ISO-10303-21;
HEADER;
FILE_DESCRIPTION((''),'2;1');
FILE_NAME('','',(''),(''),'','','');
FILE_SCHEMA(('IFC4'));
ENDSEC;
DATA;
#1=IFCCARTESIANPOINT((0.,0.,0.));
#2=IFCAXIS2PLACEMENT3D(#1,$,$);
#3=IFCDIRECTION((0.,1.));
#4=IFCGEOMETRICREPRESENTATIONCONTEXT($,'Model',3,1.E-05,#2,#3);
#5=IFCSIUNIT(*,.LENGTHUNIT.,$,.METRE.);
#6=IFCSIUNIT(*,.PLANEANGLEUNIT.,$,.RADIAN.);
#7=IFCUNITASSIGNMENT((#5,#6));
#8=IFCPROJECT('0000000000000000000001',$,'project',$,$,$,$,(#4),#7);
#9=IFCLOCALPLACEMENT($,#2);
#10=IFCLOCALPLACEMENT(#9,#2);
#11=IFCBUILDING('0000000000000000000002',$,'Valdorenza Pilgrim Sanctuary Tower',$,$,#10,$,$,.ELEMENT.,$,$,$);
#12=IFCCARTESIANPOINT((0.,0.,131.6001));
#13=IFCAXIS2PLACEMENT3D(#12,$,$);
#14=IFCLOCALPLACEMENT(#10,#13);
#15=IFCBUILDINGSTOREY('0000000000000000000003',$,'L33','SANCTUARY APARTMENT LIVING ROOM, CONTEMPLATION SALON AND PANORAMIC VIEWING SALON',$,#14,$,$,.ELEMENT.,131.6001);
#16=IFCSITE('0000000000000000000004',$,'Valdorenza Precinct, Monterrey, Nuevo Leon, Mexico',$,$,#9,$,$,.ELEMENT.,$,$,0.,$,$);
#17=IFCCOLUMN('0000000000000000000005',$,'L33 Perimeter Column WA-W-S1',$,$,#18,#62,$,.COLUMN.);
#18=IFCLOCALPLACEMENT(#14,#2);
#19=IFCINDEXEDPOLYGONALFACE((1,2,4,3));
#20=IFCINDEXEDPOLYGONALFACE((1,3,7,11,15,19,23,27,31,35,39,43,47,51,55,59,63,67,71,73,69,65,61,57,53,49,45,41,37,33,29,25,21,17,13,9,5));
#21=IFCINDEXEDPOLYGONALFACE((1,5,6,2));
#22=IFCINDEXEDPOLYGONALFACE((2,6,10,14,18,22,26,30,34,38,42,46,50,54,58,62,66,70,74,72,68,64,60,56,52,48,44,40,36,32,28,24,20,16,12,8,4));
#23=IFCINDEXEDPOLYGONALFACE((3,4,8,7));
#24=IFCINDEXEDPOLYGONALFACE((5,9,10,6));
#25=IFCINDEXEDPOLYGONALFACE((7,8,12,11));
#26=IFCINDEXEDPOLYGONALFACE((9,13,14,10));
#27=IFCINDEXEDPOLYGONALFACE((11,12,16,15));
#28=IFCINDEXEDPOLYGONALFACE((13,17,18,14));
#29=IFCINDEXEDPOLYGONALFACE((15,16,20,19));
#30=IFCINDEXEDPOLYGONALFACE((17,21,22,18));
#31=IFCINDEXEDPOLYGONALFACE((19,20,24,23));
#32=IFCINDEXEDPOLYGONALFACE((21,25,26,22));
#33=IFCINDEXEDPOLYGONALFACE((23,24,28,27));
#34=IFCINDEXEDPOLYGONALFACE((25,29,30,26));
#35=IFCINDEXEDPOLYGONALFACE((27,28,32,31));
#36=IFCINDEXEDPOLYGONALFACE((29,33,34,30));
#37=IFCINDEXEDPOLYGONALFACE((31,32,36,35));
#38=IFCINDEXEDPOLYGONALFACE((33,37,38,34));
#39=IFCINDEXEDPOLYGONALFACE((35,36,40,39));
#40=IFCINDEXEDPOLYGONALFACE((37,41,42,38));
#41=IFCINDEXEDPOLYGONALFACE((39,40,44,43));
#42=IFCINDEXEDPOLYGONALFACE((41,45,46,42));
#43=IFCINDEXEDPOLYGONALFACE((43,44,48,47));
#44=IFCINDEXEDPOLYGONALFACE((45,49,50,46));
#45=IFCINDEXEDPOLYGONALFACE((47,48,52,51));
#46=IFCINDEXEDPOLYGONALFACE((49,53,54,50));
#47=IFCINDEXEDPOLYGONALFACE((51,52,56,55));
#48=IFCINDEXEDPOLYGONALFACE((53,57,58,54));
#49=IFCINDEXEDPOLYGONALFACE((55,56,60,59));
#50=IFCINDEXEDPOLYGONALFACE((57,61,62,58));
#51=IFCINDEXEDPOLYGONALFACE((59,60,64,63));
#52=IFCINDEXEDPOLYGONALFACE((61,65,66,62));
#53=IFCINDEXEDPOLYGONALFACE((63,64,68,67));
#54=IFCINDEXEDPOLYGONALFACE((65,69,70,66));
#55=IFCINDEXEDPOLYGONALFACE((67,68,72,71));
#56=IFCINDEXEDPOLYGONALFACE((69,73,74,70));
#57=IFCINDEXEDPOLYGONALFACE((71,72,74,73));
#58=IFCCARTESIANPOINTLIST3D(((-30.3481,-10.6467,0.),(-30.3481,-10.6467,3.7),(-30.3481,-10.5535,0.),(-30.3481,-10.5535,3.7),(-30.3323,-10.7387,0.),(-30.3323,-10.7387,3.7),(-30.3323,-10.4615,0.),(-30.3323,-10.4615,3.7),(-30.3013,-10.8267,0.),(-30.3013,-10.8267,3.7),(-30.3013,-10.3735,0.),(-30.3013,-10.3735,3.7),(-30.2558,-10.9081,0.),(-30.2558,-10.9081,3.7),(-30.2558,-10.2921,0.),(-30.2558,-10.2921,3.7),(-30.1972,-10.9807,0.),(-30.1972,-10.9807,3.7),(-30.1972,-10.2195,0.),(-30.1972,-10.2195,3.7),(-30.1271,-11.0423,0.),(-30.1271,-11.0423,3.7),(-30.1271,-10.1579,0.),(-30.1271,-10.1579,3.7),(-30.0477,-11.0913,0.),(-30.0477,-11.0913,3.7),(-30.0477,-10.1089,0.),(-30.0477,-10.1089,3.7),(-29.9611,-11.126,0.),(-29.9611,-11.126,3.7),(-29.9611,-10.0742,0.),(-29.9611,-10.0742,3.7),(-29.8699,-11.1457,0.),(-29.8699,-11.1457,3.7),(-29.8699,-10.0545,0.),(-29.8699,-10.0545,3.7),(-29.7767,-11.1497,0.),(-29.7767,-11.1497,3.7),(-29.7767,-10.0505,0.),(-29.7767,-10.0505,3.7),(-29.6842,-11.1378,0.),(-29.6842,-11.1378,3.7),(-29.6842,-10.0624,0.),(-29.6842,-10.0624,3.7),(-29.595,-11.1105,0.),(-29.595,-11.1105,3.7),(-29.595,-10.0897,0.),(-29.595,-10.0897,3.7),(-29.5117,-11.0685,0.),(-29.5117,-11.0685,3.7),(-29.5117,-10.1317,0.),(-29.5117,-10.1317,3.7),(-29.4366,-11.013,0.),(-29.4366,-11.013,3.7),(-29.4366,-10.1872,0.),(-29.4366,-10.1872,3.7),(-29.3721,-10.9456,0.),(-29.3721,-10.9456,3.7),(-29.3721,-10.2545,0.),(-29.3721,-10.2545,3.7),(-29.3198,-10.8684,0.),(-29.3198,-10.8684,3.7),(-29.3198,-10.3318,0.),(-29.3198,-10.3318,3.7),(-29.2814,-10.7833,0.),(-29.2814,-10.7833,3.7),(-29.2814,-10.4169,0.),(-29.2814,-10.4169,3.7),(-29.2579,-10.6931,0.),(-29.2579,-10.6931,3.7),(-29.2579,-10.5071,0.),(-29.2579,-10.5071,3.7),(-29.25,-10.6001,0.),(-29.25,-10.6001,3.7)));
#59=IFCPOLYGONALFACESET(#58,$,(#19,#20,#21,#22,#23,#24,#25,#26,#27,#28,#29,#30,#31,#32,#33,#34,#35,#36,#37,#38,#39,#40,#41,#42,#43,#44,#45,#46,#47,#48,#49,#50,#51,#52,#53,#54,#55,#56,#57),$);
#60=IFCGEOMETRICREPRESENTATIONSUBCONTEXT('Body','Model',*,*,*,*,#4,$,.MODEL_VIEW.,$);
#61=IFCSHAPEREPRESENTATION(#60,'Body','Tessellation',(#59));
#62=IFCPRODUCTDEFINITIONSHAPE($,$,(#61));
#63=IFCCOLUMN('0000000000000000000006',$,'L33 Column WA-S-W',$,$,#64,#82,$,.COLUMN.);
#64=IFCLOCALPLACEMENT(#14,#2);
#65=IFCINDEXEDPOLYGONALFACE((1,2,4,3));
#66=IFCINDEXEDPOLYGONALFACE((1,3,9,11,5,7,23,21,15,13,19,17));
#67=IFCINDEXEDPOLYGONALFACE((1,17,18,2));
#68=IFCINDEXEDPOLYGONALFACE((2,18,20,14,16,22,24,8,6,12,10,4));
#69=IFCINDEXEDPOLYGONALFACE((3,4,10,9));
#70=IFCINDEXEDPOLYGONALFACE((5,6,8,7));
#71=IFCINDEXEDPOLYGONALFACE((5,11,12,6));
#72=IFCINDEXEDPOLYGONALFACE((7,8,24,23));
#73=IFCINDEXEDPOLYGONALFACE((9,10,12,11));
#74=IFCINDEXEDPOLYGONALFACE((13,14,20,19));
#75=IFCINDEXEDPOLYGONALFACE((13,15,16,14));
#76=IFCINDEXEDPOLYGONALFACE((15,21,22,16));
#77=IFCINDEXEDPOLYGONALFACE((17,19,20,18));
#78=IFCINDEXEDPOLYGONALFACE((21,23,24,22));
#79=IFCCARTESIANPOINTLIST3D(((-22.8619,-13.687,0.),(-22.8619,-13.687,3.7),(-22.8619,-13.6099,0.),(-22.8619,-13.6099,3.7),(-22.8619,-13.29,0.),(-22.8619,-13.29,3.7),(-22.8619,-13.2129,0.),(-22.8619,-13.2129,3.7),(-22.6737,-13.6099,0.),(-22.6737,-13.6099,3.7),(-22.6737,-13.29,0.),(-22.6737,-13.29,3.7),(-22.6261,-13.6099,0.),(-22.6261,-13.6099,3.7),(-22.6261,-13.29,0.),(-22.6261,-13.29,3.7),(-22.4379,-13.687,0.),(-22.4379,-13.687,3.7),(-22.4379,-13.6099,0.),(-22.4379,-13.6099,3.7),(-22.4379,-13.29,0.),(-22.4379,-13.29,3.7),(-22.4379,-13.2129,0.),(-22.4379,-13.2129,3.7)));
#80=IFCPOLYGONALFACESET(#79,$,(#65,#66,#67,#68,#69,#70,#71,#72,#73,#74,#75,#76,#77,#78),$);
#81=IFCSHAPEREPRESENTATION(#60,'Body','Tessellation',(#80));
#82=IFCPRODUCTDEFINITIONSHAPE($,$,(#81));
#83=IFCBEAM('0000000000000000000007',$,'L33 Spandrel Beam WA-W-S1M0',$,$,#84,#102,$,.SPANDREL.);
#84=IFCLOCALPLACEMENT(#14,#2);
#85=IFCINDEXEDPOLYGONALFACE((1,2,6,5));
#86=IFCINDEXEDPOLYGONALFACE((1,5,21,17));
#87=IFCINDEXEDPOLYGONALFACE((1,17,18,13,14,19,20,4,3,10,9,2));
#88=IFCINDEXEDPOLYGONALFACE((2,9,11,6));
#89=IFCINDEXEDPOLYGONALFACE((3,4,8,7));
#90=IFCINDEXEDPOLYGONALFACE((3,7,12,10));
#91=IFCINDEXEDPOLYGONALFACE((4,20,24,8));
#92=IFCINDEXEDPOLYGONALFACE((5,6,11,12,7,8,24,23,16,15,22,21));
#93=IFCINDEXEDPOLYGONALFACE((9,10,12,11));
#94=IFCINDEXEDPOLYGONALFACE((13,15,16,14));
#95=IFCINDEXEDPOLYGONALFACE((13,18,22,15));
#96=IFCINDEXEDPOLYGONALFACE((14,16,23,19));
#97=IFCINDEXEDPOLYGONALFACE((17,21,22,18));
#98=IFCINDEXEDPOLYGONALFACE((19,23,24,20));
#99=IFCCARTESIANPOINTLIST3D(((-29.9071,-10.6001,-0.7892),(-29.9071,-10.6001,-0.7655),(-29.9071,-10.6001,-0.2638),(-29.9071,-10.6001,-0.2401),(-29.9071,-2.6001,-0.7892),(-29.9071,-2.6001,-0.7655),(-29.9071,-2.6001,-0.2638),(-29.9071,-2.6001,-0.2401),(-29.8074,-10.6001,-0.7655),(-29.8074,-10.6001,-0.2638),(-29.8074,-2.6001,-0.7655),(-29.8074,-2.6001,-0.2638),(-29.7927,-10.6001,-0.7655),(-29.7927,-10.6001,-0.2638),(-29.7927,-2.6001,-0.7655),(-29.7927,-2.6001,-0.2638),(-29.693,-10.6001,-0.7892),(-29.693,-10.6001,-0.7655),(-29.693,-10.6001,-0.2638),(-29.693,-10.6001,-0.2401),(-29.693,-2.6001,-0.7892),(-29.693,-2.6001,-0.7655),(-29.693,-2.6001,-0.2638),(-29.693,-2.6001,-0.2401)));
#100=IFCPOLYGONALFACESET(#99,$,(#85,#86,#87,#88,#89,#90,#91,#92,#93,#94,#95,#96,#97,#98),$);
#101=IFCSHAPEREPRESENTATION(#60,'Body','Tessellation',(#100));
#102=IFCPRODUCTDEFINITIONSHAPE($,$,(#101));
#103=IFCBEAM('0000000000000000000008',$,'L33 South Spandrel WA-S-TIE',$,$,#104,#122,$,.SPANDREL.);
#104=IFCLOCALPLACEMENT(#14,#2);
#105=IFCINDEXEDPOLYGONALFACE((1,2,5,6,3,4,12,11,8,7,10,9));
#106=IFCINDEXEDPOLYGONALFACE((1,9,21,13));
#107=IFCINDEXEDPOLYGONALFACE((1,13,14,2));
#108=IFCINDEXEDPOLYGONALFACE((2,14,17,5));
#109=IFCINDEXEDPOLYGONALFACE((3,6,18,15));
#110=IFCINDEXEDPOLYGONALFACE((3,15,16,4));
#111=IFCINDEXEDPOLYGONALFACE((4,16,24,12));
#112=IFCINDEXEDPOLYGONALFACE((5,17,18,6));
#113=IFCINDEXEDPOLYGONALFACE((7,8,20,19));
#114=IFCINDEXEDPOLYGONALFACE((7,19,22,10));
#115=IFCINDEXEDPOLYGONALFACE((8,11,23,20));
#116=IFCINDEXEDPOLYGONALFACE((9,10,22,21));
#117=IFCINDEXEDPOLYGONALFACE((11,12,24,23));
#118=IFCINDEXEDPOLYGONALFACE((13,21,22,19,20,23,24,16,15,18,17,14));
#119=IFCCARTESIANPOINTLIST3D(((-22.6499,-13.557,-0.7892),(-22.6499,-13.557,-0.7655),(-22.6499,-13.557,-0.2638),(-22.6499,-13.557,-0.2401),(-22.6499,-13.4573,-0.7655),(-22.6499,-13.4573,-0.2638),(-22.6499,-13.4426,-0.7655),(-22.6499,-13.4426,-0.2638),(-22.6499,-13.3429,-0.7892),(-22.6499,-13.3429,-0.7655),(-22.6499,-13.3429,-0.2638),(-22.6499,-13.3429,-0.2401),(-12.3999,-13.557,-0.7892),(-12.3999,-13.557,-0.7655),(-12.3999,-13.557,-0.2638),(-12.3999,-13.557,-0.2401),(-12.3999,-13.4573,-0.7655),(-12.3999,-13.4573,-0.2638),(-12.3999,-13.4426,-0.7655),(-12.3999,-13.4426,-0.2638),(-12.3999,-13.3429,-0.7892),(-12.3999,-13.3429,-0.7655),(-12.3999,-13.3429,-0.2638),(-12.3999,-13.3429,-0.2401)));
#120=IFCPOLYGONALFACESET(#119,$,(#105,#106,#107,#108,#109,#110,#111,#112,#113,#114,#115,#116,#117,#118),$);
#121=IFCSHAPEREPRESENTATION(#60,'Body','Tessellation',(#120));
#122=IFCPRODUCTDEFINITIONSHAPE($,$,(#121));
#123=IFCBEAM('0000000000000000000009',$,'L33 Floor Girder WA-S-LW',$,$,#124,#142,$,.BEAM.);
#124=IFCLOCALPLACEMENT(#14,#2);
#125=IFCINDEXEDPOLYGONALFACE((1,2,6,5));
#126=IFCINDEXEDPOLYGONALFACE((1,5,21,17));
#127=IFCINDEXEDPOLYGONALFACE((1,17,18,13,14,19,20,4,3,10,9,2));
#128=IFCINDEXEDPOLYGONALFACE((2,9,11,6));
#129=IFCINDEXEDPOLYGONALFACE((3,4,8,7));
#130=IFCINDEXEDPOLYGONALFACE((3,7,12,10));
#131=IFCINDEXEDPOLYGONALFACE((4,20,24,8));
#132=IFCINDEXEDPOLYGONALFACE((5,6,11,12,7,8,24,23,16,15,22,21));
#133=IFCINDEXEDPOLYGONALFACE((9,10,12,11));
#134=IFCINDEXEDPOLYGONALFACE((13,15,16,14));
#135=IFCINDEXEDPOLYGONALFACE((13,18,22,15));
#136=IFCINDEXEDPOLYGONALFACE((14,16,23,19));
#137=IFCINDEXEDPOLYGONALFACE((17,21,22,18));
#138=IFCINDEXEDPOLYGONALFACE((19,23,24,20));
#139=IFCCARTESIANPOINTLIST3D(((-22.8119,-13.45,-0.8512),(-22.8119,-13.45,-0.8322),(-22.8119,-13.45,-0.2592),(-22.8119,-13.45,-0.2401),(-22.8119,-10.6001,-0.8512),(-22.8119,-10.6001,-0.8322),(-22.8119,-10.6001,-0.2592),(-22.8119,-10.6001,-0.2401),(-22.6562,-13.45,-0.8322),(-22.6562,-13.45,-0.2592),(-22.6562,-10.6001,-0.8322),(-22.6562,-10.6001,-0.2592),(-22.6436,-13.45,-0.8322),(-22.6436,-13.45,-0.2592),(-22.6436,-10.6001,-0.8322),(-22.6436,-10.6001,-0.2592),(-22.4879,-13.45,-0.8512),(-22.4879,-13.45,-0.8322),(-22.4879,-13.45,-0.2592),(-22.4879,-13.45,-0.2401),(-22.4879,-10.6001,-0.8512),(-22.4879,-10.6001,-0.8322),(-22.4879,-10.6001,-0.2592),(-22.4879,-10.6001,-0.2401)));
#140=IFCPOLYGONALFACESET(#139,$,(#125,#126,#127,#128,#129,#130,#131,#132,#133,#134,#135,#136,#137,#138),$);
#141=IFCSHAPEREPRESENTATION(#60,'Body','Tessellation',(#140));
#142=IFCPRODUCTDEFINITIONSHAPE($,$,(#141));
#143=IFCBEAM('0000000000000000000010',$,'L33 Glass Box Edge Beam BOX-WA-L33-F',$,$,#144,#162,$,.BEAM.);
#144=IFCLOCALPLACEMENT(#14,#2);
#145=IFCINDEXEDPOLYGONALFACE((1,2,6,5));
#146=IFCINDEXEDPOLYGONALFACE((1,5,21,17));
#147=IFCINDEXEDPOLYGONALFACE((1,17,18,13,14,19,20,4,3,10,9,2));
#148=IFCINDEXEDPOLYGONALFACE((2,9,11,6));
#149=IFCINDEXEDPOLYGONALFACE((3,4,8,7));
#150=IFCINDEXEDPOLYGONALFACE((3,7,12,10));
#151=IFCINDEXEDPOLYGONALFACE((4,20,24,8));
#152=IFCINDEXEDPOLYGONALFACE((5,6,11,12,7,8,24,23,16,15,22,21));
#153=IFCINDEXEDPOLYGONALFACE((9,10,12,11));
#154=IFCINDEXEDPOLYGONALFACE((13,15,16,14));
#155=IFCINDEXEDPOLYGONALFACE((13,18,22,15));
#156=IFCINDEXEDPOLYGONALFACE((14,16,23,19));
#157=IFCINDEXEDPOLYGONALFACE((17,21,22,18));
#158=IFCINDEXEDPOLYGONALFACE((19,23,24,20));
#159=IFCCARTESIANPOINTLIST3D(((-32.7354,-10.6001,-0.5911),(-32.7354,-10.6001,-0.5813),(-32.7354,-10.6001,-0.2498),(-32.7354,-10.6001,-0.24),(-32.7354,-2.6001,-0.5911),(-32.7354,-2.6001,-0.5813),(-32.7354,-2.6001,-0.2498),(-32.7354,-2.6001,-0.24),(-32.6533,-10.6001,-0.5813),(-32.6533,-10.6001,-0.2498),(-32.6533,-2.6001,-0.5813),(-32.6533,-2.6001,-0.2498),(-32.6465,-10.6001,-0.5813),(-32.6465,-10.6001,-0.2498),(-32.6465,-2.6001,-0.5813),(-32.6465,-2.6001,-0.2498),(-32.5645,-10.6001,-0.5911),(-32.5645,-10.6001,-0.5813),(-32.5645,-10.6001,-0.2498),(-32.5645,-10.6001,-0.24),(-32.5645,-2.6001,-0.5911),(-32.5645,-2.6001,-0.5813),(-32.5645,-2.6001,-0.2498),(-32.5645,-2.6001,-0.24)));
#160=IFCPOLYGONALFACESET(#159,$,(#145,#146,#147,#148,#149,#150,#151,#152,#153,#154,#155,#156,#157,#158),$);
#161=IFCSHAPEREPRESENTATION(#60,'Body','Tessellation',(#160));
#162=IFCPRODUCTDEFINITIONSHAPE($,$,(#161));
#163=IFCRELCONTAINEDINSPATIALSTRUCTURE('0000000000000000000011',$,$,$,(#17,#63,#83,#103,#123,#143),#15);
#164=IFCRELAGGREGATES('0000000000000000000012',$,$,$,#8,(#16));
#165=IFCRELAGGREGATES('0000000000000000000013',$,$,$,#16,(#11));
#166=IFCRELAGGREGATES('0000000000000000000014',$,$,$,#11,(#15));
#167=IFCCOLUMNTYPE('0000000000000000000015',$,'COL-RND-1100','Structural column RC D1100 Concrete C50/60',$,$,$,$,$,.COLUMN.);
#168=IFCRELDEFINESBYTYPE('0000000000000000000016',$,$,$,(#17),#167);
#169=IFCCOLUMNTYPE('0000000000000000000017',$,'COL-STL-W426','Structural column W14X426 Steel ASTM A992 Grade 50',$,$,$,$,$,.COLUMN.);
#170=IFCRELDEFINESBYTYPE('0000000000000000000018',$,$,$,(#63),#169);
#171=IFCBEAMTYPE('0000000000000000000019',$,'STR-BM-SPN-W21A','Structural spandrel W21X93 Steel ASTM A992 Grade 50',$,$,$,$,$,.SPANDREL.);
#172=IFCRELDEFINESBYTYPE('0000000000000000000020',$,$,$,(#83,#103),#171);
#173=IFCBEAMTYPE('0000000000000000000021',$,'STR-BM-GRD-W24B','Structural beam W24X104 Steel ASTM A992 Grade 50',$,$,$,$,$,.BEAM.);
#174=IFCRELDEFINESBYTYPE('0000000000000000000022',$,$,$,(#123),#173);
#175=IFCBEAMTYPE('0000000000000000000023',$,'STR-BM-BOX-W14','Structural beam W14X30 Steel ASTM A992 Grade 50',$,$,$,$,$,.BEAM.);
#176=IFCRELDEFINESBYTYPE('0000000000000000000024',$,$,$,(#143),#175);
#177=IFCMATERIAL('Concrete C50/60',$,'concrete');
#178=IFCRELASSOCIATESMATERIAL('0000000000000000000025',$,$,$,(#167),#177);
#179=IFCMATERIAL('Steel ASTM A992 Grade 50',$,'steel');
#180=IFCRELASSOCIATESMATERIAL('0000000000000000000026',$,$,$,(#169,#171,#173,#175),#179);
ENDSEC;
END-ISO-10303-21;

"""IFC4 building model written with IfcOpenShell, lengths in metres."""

from ifc_helpers import new_model, si_unit, direction, frame, origin, origin_2d, place, context, subcontext, project, spatial, circle, i_section, extrude, source, transform, mapped, material, material_profile, profile_set, type_object, element, save


model = new_model("IFC4")

# Units and contexts
model_context = context("Model", 3, precision=1e-05, world=origin(), true_north=direction((0.0, 1.0)))
body_context = subcontext(model_context, "Body", "Model", "MODEL_VIEW")
ifc_project = project(units=[si_unit("LENGTHUNIT", "METRE"), si_unit("PLANEANGLEUNIT", "RADIAN")], contexts=[model_context])

# Site, building, storey
site_placement = place(None, origin())
site = spatial("IfcSite", under=ifc_project, at=site_placement, Name="Valdorenza Precinct, Monterrey, Nuevo Leon, Mexico", CompositionType="ELEMENT", RefElevation=0.0)
building_placement = place(site_placement, origin())
building = spatial("IfcBuilding", under=site, at=building_placement, Name="Valdorenza Pilgrim Sanctuary Tower", CompositionType="ELEMENT")
storey_placement = place(building_placement, frame((0.0, 0.0, 131.6001)))
storey = spatial("IfcBuildingStorey", under=building, at=storey_placement, Name="L33", Description="SANCTUARY APARTMENT LIVING ROOM, CONTEMPLATION SALON AND PANORAMIC VIEWING SALON", CompositionType="ELEMENT", Elevation=131.6001)

# Columns
ifc_material_1 = material(Name="Concrete C50/60", Category="concrete")
ifc_material_profile_1 = material_profile(ifc_material_1, circle(Radius=0.55, at=origin_2d()), Name="RC D1100")
ifc_profile_set_1 = profile_set([ifc_material_profile_1], Name="Concrete C50/60")
column_type_1 = type_object("IfcColumnType", Name="COL-RND-1100", Description="Structural column RC D1100 Concrete C50/60", PredefinedType="COLUMN", material=ifc_profile_set_1)
shared_shape_1 = source(origin(), body_context, "Body", "SweptSolid", [
    extrude(circle(Radius=0.55, at=origin_2d()), origin(), (0.0, 0.0, 1.0), 3.7),
])
column_1_placement = place(storey_placement, frame((-29.8, -10.6001, 0.0), z_axis=(0.0, 0.0, 1.0), x_axis=(1.0, 0.0, 0.0)))
element("IfcColumn", 1, at=column_1_placement, inside=storey, type_object=column_type_1, Name="L33 Perimeter Column WA-W-S1", PredefinedType="COLUMN", context=body_context, shape_type="MappedRepresentation", body=[
    mapped(shared_shape_1, transform((0.0, 0.0, 0.0), x_axis=(1.0, 0.0, 0.0), y_axis=(0.0, 1.0, 0.0), z_axis=(0.0, 0.0, 1.0), scale=1.0)),
])
ifc_material_2 = material(Name="Steel ASTM A992 Grade 50", Category="steel")
ifc_material_profile_2 = material_profile(ifc_material_2, i_section(OverallWidth=0.4241, OverallDepth=0.4741, WebThickness=0.0476, FlangeThickness=0.0771, at=origin_2d()), Name="W14X426")
ifc_profile_set_2 = profile_set([ifc_material_profile_2], Name="Steel ASTM A992 Grade 50")
column_type_2 = type_object("IfcColumnType", Name="COL-STL-W426", Description="Structural column W14X426 Steel ASTM A992 Grade 50", PredefinedType="COLUMN", material=ifc_profile_set_2)
shared_shape_2 = source(origin(), body_context, "Body", "SweptSolid", [
    extrude(i_section(OverallWidth=0.4241, OverallDepth=0.4741, WebThickness=0.0476, FlangeThickness=0.0771, at=origin_2d()), origin(), (0.0, 0.0, 1.0), 3.7),
])
column_2_placement = place(storey_placement, frame((-22.6499, -13.45, 0.0), z_axis=(0.0, 0.0, 1.0), x_axis=(1.0, 0.0, 0.0)))
element("IfcColumn", 2, at=column_2_placement, inside=storey, type_object=column_type_2, Name="L33 Column WA-S-W", PredefinedType="COLUMN", context=body_context, shape_type="MappedRepresentation", body=[
    mapped(shared_shape_2, transform((0.0, 0.0, 0.0), x_axis=(1.0, 0.0, 0.0), y_axis=(0.0, 1.0, 0.0), z_axis=(0.0, 0.0, 1.0), scale=1.0)),
])

# Beams
ifc_material_profile_3 = material_profile(ifc_material_2, i_section(OverallWidth=0.2141, OverallDepth=0.5491, WebThickness=0.0146, FlangeThickness=0.0237, at=origin_2d()), Name="W21X93")
ifc_profile_set_3 = profile_set([ifc_material_profile_3], Name="Steel ASTM A992 Grade 50")
beam_type_1 = type_object("IfcBeamType", Name="STR-BM-SPN-W21A", Description="Structural spandrel W21X93 Steel ASTM A992 Grade 50", PredefinedType="SPANDREL", material=ifc_profile_set_3)
shared_shape_3 = source(origin(), body_context, "Body", "SweptSolid", [
    extrude(i_section(OverallWidth=0.2141, OverallDepth=0.5491, WebThickness=0.0146, FlangeThickness=0.0237, at=origin_2d()), origin(), (0.0, 0.0, 1.0), 8.0),
])
beam_1_placement = place(storey_placement, frame((-29.8, -10.6001, -0.5146), z_axis=(0.0, 1.0, 0.0), x_axis=(-1.0, 0.0, 0.0)))
element("IfcBeam", 3, at=beam_1_placement, inside=storey, type_object=beam_type_1, Name="L33 Spandrel Beam WA-W-S1M0", PredefinedType="SPANDREL", context=body_context, shape_type="MappedRepresentation", body=[
    mapped(shared_shape_3, transform((0.0, 0.0, 0.0), x_axis=(1.0, 0.0, 0.0), y_axis=(0.0, 1.0, 0.0), z_axis=(0.0, 0.0, 1.0), scale=1.0)),
])
shared_shape_4 = source(origin(), body_context, "Body", "SweptSolid", [
    extrude(i_section(OverallWidth=0.2141, OverallDepth=0.5491, WebThickness=0.0146, FlangeThickness=0.0237, at=origin_2d()), origin(), (0.0, 0.0, 1.0), 10.25),
])
beam_2_placement = place(storey_placement, frame((-22.6499, -13.45, -0.5146), z_axis=(1.0, 0.0, 0.0), x_axis=(0.0, 1.0, 0.0)))
element("IfcBeam", 4, at=beam_2_placement, inside=storey, type_object=beam_type_1, Name="L33 South Spandrel WA-S-TIE", PredefinedType="SPANDREL", context=body_context, shape_type="MappedRepresentation", body=[
    mapped(shared_shape_4, transform((0.0, 0.0, 0.0), x_axis=(1.0, 0.0, 0.0), y_axis=(0.0, 1.0, 0.0), z_axis=(0.0, 0.0, 1.0), scale=1.0)),
])
ifc_material_profile_4 = material_profile(ifc_material_2, i_section(OverallWidth=0.324, OverallDepth=0.6111, WebThickness=0.0127, FlangeThickness=0.019, at=origin_2d()), Name="W24X104")
ifc_profile_set_4 = profile_set([ifc_material_profile_4], Name="Steel ASTM A992 Grade 50")
beam_type_2 = type_object("IfcBeamType", Name="STR-BM-GRD-W24B", Description="Structural beam W24X104 Steel ASTM A992 Grade 50", PredefinedType="BEAM", material=ifc_profile_set_4)
shared_shape_5 = source(origin(), body_context, "Body", "SweptSolid", [
    extrude(i_section(OverallWidth=0.324, OverallDepth=0.6111, WebThickness=0.0127, FlangeThickness=0.019, at=origin_2d()), origin(), (0.0, 0.0, 1.0), 2.8499),
])
beam_3_placement = place(storey_placement, frame((-22.6499, -13.45, -0.5457), z_axis=(0.0, 1.0, 0.0), x_axis=(-1.0, 0.0, 0.0)))
element("IfcBeam", 5, at=beam_3_placement, inside=storey, type_object=beam_type_2, Name="L33 Floor Girder WA-S-LW", PredefinedType="BEAM", context=body_context, shape_type="MappedRepresentation", body=[
    mapped(shared_shape_5, transform((0.0, 0.0, 0.0), x_axis=(1.0, 0.0, 0.0), y_axis=(0.0, 1.0, 0.0), z_axis=(0.0, 0.0, 1.0), scale=1.0)),
])
ifc_material_profile_5 = material_profile(ifc_material_2, i_section(OverallWidth=0.1709, OverallDepth=0.3511, WebThickness=0.0068, FlangeThickness=0.0098, at=origin_2d()), Name="W14X30")
ifc_profile_set_5 = profile_set([ifc_material_profile_5], Name="Steel ASTM A992 Grade 50")
beam_type_3 = type_object("IfcBeamType", Name="STR-BM-BOX-W14", Description="Structural beam W14X30 Steel ASTM A992 Grade 50", PredefinedType="BEAM", material=ifc_profile_set_5)
shared_shape_6 = source(origin(), body_context, "Body", "SweptSolid", [
    extrude(i_section(OverallWidth=0.1709, OverallDepth=0.3511, WebThickness=0.0068, FlangeThickness=0.0098, at=origin_2d()), origin(), (0.0, 0.0, 1.0), 8.0),
])
beam_4_placement = place(storey_placement, frame((-32.6499, -10.6001, -0.4155), z_axis=(0.0, 1.0, 0.0), x_axis=(-1.0, 0.0, 0.0)))
element("IfcBeam", 6, at=beam_4_placement, inside=storey, type_object=beam_type_3, Name="L33 Glass Box Edge Beam BOX-WA-L33-F", PredefinedType="BEAM", context=body_context, shape_type="MappedRepresentation", body=[
    mapped(shared_shape_6, transform((0.0, 0.0, 0.0), x_axis=(1.0, 0.0, 0.0), y_axis=(0.0, 1.0, 0.0), z_axis=(0.0, 0.0, 1.0), scale=1.0)),
])

save(model, "model.ifc")
